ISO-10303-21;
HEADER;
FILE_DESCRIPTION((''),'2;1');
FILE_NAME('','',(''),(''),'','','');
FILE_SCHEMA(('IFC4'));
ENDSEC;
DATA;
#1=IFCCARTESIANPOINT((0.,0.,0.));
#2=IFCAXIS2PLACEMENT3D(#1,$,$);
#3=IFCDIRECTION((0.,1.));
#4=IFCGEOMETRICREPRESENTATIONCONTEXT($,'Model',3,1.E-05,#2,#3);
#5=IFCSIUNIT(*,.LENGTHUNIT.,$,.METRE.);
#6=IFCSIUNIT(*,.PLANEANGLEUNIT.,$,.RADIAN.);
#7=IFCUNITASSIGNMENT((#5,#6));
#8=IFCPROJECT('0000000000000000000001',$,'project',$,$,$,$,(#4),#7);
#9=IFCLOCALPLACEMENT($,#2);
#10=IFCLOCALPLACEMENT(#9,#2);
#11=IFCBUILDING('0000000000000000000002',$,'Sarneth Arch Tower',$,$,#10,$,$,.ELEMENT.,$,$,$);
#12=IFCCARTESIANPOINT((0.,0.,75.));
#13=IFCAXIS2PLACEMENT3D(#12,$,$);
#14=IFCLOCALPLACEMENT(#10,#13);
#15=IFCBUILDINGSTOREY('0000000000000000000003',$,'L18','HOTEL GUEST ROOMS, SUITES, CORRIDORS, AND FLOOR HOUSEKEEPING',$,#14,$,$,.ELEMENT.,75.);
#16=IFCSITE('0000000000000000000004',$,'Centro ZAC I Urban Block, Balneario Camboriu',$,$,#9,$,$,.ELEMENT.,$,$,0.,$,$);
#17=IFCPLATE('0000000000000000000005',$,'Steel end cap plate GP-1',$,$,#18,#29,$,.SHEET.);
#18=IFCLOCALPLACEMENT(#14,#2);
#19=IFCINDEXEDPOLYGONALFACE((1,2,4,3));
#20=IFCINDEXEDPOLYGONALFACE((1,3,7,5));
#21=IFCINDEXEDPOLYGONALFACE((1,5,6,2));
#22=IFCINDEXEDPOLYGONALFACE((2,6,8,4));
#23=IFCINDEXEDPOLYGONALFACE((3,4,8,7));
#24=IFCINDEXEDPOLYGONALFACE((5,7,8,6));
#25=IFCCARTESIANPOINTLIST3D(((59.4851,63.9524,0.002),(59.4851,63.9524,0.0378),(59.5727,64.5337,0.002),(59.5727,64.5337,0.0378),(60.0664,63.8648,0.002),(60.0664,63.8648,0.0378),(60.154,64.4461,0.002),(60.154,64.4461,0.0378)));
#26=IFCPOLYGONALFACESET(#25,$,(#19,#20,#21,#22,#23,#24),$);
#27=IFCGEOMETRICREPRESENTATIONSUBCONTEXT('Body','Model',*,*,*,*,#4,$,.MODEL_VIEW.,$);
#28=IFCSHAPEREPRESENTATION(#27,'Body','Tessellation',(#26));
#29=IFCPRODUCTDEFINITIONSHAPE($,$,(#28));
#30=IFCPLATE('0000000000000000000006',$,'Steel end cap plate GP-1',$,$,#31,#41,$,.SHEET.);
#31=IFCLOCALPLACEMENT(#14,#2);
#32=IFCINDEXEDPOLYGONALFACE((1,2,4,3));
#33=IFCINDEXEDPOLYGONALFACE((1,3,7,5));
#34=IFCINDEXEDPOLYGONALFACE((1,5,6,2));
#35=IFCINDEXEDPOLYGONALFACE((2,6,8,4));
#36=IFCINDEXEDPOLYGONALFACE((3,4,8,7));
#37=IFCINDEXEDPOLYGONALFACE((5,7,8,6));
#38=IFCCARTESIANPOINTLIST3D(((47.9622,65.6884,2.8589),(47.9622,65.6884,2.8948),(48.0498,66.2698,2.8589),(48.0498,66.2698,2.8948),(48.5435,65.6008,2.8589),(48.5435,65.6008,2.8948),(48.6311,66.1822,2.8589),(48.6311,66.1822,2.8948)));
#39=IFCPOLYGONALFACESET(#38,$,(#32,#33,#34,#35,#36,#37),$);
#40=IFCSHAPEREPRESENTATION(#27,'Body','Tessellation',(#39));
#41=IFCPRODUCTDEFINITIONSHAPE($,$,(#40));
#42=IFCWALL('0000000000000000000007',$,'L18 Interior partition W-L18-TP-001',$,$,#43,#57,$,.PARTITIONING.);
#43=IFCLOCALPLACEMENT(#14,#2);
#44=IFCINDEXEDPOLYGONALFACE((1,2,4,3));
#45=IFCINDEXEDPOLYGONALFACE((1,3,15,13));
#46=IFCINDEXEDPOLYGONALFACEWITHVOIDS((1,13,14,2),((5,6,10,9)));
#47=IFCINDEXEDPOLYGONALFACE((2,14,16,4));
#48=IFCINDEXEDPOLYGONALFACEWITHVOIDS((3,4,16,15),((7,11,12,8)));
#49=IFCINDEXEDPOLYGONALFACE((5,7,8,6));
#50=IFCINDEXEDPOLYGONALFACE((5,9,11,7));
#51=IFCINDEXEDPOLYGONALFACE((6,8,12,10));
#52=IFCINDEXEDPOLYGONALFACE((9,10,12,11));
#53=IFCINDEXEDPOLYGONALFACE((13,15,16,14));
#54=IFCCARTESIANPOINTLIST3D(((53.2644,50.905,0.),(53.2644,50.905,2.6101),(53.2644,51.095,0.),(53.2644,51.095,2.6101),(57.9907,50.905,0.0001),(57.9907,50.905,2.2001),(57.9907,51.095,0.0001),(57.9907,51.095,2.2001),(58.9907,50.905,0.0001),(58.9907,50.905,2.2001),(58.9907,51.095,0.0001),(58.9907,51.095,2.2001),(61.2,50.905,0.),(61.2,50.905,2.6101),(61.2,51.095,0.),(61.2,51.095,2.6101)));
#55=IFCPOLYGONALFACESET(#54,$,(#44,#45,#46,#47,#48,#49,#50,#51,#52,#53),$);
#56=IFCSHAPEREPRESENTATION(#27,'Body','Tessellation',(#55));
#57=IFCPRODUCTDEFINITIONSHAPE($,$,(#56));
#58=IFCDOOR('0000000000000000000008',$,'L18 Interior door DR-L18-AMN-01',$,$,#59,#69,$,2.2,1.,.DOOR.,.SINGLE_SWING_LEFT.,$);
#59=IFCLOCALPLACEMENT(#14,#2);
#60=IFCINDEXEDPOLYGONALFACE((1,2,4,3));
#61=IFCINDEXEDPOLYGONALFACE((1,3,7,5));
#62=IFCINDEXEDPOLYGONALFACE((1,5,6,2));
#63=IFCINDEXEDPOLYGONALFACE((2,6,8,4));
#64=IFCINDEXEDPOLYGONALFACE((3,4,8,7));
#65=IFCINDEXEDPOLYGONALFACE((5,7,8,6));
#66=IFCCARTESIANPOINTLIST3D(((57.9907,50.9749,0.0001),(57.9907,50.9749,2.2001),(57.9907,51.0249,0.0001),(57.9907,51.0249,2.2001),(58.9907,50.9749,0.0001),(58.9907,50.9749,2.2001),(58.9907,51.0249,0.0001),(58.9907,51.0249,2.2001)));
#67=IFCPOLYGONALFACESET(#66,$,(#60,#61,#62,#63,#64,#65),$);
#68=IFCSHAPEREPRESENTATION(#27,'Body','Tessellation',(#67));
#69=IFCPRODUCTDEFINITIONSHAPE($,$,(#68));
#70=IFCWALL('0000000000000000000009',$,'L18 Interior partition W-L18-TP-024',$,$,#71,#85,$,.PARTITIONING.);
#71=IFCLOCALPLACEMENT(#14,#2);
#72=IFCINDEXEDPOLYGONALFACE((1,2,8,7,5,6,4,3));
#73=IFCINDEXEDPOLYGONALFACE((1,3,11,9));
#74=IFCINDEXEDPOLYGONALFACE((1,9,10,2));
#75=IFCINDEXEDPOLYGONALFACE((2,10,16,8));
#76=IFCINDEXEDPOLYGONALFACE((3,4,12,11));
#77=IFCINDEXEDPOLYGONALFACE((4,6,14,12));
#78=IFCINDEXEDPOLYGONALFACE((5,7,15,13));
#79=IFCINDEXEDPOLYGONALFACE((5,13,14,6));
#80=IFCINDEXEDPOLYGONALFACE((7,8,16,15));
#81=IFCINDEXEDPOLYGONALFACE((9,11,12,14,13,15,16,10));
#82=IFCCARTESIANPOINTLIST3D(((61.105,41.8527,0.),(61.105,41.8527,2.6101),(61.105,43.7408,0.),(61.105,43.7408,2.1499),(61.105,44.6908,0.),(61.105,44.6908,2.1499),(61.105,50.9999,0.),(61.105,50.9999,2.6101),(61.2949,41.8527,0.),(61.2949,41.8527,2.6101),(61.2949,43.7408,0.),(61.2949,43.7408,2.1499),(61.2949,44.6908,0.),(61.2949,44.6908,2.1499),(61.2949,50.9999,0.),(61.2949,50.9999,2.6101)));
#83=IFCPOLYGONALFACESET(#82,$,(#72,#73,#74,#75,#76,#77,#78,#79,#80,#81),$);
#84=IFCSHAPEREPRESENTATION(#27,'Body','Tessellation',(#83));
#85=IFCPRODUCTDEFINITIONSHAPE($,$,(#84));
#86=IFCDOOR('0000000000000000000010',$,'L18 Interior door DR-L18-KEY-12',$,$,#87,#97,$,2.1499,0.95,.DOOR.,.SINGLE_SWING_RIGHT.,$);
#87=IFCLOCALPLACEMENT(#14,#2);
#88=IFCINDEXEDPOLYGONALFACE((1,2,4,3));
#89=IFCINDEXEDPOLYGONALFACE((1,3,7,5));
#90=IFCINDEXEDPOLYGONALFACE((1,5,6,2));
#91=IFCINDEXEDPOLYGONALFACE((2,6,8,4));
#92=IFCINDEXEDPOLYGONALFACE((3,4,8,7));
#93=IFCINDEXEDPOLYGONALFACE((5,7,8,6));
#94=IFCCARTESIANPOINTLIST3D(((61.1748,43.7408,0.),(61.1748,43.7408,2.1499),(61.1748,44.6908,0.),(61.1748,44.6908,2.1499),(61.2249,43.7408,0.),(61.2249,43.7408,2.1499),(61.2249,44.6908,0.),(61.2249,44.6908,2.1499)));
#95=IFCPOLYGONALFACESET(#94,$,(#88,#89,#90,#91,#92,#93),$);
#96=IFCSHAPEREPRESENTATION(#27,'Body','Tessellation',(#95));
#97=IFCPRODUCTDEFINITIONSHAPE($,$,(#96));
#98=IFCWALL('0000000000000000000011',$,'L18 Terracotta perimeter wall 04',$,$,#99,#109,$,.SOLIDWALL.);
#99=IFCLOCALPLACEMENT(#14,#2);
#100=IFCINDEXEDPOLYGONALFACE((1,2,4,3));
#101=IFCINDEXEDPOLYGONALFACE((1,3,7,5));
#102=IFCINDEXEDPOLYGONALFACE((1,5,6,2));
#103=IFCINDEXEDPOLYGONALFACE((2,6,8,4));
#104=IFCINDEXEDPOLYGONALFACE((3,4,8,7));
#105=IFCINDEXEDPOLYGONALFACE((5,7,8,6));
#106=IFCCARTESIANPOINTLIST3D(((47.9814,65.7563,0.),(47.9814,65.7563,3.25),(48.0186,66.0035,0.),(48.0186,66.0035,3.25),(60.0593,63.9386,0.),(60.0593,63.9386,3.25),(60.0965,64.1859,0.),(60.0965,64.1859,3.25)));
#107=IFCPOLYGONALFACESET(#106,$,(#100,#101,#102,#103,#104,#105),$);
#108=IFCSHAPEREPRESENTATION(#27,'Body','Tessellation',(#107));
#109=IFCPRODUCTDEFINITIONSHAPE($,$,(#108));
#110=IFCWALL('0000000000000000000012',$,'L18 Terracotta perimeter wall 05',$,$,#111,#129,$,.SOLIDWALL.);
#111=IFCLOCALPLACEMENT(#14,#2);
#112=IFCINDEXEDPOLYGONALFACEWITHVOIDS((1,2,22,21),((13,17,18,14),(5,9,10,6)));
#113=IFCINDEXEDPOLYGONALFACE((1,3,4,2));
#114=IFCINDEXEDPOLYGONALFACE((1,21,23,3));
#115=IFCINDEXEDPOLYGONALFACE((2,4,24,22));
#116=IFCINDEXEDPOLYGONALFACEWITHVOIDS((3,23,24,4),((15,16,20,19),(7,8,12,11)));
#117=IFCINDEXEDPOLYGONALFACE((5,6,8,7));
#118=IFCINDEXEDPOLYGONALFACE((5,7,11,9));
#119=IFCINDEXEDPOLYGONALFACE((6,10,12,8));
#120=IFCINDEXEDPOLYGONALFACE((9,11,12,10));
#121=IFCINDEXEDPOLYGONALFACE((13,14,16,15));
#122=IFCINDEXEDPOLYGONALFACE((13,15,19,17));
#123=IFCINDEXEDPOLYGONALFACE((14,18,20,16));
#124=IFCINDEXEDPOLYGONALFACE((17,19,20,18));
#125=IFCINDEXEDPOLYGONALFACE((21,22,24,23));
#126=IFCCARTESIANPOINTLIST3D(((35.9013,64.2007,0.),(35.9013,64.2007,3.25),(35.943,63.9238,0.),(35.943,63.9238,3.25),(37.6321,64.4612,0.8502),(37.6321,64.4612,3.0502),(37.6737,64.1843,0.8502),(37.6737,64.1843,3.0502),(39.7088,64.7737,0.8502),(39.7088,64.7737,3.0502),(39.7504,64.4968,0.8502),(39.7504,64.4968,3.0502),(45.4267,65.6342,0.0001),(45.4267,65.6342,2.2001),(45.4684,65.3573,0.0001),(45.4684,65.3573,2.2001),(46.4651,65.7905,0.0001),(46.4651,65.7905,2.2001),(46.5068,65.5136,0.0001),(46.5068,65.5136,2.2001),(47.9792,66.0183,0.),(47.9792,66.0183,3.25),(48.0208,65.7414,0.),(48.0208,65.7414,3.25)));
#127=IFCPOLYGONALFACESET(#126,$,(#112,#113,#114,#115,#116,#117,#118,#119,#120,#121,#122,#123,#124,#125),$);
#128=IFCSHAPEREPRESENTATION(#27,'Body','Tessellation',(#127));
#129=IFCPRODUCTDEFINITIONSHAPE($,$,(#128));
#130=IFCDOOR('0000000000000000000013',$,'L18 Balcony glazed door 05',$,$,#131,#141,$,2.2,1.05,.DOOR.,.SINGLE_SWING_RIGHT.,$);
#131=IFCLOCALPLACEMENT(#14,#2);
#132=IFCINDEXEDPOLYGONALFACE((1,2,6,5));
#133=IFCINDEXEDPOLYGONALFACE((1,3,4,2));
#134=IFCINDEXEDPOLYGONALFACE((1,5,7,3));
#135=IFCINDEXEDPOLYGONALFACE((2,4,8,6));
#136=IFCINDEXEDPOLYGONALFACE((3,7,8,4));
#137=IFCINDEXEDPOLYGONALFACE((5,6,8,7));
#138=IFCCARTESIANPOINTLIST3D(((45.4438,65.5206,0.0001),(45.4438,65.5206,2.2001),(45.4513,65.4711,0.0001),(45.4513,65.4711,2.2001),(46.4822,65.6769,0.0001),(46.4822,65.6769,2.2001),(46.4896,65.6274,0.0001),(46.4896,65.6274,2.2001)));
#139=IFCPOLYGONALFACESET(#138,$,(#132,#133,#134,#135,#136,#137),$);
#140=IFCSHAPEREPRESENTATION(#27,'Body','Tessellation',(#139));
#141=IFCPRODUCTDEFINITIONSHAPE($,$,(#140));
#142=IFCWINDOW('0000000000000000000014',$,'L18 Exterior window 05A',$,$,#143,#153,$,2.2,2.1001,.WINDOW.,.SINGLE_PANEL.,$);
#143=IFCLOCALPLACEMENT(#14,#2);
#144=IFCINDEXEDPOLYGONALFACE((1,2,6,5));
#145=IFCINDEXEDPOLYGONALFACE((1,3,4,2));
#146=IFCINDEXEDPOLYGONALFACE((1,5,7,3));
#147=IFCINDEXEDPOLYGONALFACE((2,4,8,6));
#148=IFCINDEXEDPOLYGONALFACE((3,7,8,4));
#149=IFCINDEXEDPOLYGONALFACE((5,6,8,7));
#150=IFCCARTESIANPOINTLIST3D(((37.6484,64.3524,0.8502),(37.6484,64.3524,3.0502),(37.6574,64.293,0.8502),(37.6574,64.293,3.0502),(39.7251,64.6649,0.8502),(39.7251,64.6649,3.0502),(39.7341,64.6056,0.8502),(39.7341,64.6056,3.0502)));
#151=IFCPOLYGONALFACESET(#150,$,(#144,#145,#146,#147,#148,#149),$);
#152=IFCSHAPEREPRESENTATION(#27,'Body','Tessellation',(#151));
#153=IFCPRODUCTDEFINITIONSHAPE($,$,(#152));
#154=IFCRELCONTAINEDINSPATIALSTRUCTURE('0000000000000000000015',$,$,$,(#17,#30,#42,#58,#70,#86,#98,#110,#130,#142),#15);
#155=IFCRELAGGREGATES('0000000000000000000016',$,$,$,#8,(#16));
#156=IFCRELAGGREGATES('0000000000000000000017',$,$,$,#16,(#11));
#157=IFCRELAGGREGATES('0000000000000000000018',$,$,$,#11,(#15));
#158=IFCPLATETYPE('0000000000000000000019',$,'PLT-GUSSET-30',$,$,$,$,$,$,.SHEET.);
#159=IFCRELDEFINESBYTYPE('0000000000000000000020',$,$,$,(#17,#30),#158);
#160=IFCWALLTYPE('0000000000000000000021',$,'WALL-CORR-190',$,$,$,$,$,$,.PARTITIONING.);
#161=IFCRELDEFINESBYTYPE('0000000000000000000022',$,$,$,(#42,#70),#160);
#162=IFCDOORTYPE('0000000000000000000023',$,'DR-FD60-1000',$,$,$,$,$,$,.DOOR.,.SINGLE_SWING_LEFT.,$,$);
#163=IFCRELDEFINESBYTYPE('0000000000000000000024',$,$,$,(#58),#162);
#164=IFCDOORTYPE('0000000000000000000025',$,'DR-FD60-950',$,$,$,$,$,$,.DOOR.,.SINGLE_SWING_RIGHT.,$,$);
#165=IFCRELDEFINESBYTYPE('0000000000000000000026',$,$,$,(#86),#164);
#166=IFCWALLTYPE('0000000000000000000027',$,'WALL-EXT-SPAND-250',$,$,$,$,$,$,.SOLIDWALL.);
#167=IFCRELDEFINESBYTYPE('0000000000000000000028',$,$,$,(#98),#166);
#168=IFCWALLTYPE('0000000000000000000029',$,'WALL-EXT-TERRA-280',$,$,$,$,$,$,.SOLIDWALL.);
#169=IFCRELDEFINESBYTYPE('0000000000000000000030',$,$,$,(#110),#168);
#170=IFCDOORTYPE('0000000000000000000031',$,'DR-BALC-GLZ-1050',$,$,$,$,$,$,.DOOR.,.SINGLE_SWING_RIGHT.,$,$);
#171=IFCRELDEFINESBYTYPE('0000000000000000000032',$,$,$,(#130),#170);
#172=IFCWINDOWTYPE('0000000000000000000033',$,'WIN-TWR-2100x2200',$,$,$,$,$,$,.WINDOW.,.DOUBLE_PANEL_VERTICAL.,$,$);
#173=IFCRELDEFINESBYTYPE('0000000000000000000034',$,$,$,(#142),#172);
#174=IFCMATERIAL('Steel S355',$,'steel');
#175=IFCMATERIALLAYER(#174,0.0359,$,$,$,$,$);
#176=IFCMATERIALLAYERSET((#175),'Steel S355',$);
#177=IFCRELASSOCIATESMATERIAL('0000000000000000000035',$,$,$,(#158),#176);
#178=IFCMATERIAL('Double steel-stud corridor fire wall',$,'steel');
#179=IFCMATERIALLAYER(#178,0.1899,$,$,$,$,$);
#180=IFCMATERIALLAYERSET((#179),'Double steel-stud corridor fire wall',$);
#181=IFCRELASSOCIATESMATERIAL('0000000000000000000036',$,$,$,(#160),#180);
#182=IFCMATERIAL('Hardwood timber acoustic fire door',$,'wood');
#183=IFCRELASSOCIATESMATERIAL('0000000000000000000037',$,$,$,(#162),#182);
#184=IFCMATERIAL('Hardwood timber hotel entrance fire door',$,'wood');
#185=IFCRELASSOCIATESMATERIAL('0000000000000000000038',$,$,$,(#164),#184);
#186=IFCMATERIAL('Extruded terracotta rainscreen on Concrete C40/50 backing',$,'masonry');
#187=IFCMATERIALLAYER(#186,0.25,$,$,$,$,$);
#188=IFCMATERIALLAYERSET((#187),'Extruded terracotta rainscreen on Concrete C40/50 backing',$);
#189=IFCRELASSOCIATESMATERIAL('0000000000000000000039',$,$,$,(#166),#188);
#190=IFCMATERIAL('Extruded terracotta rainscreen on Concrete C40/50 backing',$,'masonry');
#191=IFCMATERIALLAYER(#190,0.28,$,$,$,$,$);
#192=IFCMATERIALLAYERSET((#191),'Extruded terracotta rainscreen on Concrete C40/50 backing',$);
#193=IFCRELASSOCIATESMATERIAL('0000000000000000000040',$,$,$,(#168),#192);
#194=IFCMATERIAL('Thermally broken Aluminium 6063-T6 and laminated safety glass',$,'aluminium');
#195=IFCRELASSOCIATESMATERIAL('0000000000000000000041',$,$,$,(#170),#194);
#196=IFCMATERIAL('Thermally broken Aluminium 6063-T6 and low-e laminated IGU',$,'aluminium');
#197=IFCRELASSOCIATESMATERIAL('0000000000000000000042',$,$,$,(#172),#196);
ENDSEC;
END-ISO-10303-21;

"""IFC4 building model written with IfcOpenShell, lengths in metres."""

from ifc_helpers import new_model, si_unit, direction, frame, frame_2d, origin, origin_2d, place, context, subcontext, project, spatial, rectangle, extrude, material, layer, layer_set, type_object, element, fill, save


model = new_model("IFC4")

# Units and contexts
model_context = context("Model", 3, precision=1e-05, world=origin(), true_north=direction((0.0, 1.0)))
body_context = subcontext(model_context, "Body", "Model", "MODEL_VIEW")
ifc_project = project(units=[si_unit("LENGTHUNIT", "METRE"), si_unit("PLANEANGLEUNIT", "RADIAN")], contexts=[model_context])

# Site, building, storey
site_placement = place(None, origin())
site = spatial("IfcSite", under=ifc_project, at=site_placement, Name="Centro ZAC I Urban Block, Balneario Camboriu", CompositionType="ELEMENT", RefElevation=0.0)
building_placement = place(site_placement, origin())
building = spatial("IfcBuilding", under=site, at=building_placement, Name="Sarneth Arch Tower", CompositionType="ELEMENT")
storey_placement = place(building_placement, frame((0.0, 0.0, 75.0)))
storey = spatial("IfcBuildingStorey", under=building, at=storey_placement, Name="L18", Description="HOTEL GUEST ROOMS, SUITES, CORRIDORS, AND FLOOR HOUSEKEEPING", CompositionType="ELEMENT", Elevation=75.0)

# Plates
ifc_material_1 = material(Name="Steel S355", Category="steel")
ifc_layer_1 = layer(ifc_material_1, 0.0359)
ifc_layer_set_1 = layer_set([ifc_layer_1], Name="Steel S355")
plate_type = type_object("IfcPlateType", Name="PLT-GUSSET-30", PredefinedType="SHEET", material=ifc_layer_set_1)
for number, where, z_axis, x_axis, name in (
    (1, (59.8196, 64.1992, 0.002), (0.0, 0.0, 1.0), (-0.988835, 0.149018, 0.0), "Steel end cap plate GP-1"),
    (2, (48.2966, 65.9353, 2.8589), (0.0, 0.0, 1.0), (-0.988835, 0.149018, 0.0), "Steel end cap plate GP-1"),
):
    element("IfcPlate", number, at=place(storey_placement, frame(where, z_axis=z_axis, x_axis=x_axis)), inside=storey, type_object=plate_type, Name=name, PredefinedType="SHEET", context=body_context, shape_type="SweptSolid", body=[
        extrude(rectangle(XDim=0.5879, YDim=0.5879, at=origin_2d()), origin(), (0.0, 0.0, 1.0), 0.0359),
    ])

# Walls, openings, doors
ifc_material_2 = material(Name="Double steel-stud corridor fire wall", Category="steel")
ifc_layer_2 = layer(ifc_material_2, 0.1899)
ifc_layer_set_2 = layer_set([ifc_layer_2], Name="Double steel-stud corridor fire wall")
wall_type_1 = type_object("IfcWallType", Name="WALL-CORR-190", PredefinedType="PARTITIONING", material=ifc_layer_set_2)
wall_1_placement = place(storey_placement, frame((53.2644, 51.0, 0.0), z_axis=(0.0, 0.0, 1.0), x_axis=(1.0, 0.0, 0.0)))
wall_1 = element("IfcWall", 3, at=wall_1_placement, inside=storey, type_object=wall_type_1, Name="L18 Interior partition W-L18-TP-001", PredefinedType="PARTITIONING", context=body_context, shape_type="SweptSolid", body=[
    extrude(rectangle(XDim=7.9355, YDim=0.1899, at=frame_2d((3.9678, 0.0))), origin(), (0.0, 0.0, 1.0), 2.6101),
])
opening_1_placement = place(wall_1_placement, frame((4.7263, 0.0, 0.0)))
opening_1 = element("IfcOpeningElement", 4, at=opening_1_placement, cuts=wall_1, PredefinedType="OPENING", context=body_context, shape_type="SweptSolid", body=[
    extrude(rectangle(XDim=1.0, YDim=2.2, at=frame_2d((0.5, 1.1001))), frame((0.0, 0.105, 0.0), z_axis=(0.0, -1.0, 0.0), x_axis=(1.0, 0.0, 0.0)), (0.0, 0.0, 1.0), 0.21),
])
ifc_material_3 = material(Name="Hardwood timber acoustic fire door", Category="wood")
door_type_1 = type_object("IfcDoorType", Name="DR-FD60-1000", OperationType="SINGLE_SWING_LEFT", PredefinedType="DOOR", material=ifc_material_3)
door_1_placement = place(opening_1_placement, origin())
door_1 = element("IfcDoor", 5, at=door_1_placement, inside=storey, type_object=door_type_1, Name="L18 Interior door DR-L18-AMN-01", OperationType="SINGLE_SWING_LEFT", OverallHeight=2.2, OverallWidth=1.0, PredefinedType="DOOR", context=body_context, shape_type="SweptSolid", body=[
    extrude(rectangle(XDim=1.0, YDim=2.2, at=frame_2d((0.5, 1.1001))), frame((0.0, 0.0249, 0.0), z_axis=(0.0, -1.0, 0.0), x_axis=(1.0, 0.0, 0.0)), (0.0, 0.0, 1.0), 0.05),
])
fill(opening_1, door_1)
wall_2_placement = place(storey_placement, frame((61.2, 51.0, 0.0), z_axis=(0.0, 0.0, 1.0), x_axis=(0.0, -1.0, 0.0)))
wall_2 = element("IfcWall", 6, at=wall_2_placement, inside=storey, type_object=wall_type_1, Name="L18 Interior partition W-L18-TP-024", PredefinedType="PARTITIONING", context=body_context, shape_type="SweptSolid", body=[
    extrude(rectangle(XDim=9.1472, YDim=0.1899, at=frame_2d((4.5737, 0.0))), origin(), (0.0, 0.0, 1.0), 2.6101),
])
opening_2_placement = place(wall_2_placement, frame((6.3091, 0.0, 0.0)))
opening_2 = element("IfcOpeningElement", 7, at=opening_2_placement, cuts=wall_2, PredefinedType="OPENING", context=body_context, shape_type="SweptSolid", body=[
    extrude(rectangle(XDim=0.95, YDim=2.1499, at=frame_2d((0.4751, 1.075))), frame((0.0, 0.105, 0.0), z_axis=(0.0, -1.0, 0.0), x_axis=(1.0, 0.0, 0.0)), (0.0, 0.0, 1.0), 0.21),
])
ifc_material_4 = material(Name="Hardwood timber hotel entrance fire door", Category="wood")
door_type_2 = type_object("IfcDoorType", Name="DR-FD60-950", OperationType="SINGLE_SWING_RIGHT", PredefinedType="DOOR", material=ifc_material_4)
door_2_placement = place(opening_2_placement, origin())
door_2 = element("IfcDoor", 8, at=door_2_placement, inside=storey, type_object=door_type_2, Name="L18 Interior door DR-L18-KEY-12", OperationType="SINGLE_SWING_RIGHT", OverallHeight=2.1499, OverallWidth=0.95, PredefinedType="DOOR", context=body_context, shape_type="SweptSolid", body=[
    extrude(rectangle(XDim=0.95, YDim=2.1499, at=frame_2d((0.4751, 1.075))), frame((0.0, 0.0249, 0.0), z_axis=(0.0, -1.0, 0.0), x_axis=(1.0, 0.0, 0.0)), (0.0, 0.0, 1.0), 0.05),
])
fill(opening_2, door_2)

# Wall
ifc_material_5 = material(Name="Extruded terracotta rainscreen on Concrete C40/50 backing", Category="masonry")
ifc_layer_3 = layer(ifc_material_5, 0.25)
ifc_layer_set_3 = layer_set([ifc_layer_3], Name="Extruded terracotta rainscreen on Concrete C40/50 backing")
wall_type_2 = type_object("IfcWallType", Name="WALL-EXT-SPAND-250", PredefinedType="SOLIDWALL", material=ifc_layer_set_3)
wall_3_placement = place(storey_placement, frame((60.0779, 64.0623, 0.0), z_axis=(0.0, 0.0, 1.0), x_axis=(-0.988865, 0.148816, 0.0)))
element("IfcWall", 9, at=wall_3_placement, inside=storey, type_object=wall_type_2, Name="L18 Terracotta perimeter wall 04", PredefinedType="SOLIDWALL", context=body_context, shape_type="SweptSolid", body=[
    extrude(rectangle(XDim=12.2139, YDim=0.25, at=frame_2d((6.1069, 0.0))), origin(), (0.0, 0.0, 1.0), 3.25),
])

# Wall, openings, door, window
ifc_material_6 = material(Name="Extruded terracotta rainscreen on Concrete C40/50 backing", Category="masonry")
ifc_layer_4 = layer(ifc_material_6, 0.28)
ifc_layer_set_4 = layer_set([ifc_layer_4], Name="Extruded terracotta rainscreen on Concrete C40/50 backing")
wall_type_3 = type_object("IfcWallType", Name="WALL-EXT-TERRA-280", PredefinedType="SOLIDWALL", material=ifc_layer_set_4)
wall_4_placement = place(storey_placement, frame((48.0, 65.8799, 0.0), z_axis=(0.0, 0.0, 1.0), x_axis=(-0.988865, -0.148816, 0.0)))
wall_4 = element("IfcWall", 10, at=wall_4_placement, inside=storey, type_object=wall_type_3, Name="L18 Terracotta perimeter wall 05", PredefinedType="SOLIDWALL", context=body_context, shape_type="SweptSolid", body=[
    extrude(rectangle(XDim=12.2139, YDim=0.28, at=frame_2d((6.1069, 0.0))), origin(), (0.0, 0.0, 1.0), 3.25),
])
opening_3_placement = place(wall_4_placement, frame((1.5312, 0.0, 0.0)))
opening_3 = element("IfcOpeningElement", 11, at=opening_3_placement, cuts=wall_4, PredefinedType="OPENING", context=body_context, shape_type="SweptSolid", body=[
    extrude(rectangle(XDim=1.05, YDim=2.2, at=frame_2d((0.5249, 1.1001))), frame((0.0, 0.1499, 0.0), z_axis=(0.0, -1.0, 0.0), x_axis=(1.0, 0.0, 0.0)), (0.0, 0.0, 1.0), 0.3),
])
opening_4_placement = place(wall_4_placement, frame((8.3635, 0.0, 0.8501)))
opening_4 = element("IfcOpeningElement", 12, at=opening_4_placement, cuts=wall_4, PredefinedType="OPENING", context=body_context, shape_type="SweptSolid", body=[
    extrude(rectangle(XDim=2.1001, YDim=2.2, at=frame_2d((1.05, 1.1001))), frame((0.0, 0.1499, 0.0), z_axis=(0.0, -1.0, 0.0), x_axis=(1.0, 0.0, 0.0)), (0.0, 0.0, 1.0), 0.3),
])
ifc_material_7 = material(Name="Thermally broken Aluminium 6063-T6 and laminated safety glass", Category="aluminium")
door_type_3 = type_object("IfcDoorType", Name="DR-BALC-GLZ-1050", OperationType="SINGLE_SWING_RIGHT", PredefinedType="DOOR", material=ifc_material_7)
door_3_placement = place(opening_3_placement, origin())
door_3 = element("IfcDoor", 13, at=door_3_placement, inside=storey, type_object=door_type_3, Name="L18 Balcony glazed door 05", OperationType="SINGLE_SWING_RIGHT", OverallHeight=2.2, OverallWidth=1.05, PredefinedType="DOOR", context=body_context, shape_type="SweptSolid", body=[
    extrude(rectangle(XDim=1.05, YDim=2.2, at=frame_2d((0.5249, 1.1001))), frame((0.0, 0.0249, 0.0), z_axis=(0.0, -1.0, 0.0), x_axis=(1.0, 0.0, 0.0)), (0.0, 0.0, 1.0), 0.05),
])
fill(opening_3, door_3)
ifc_material_8 = material(Name="Thermally broken Aluminium 6063-T6 and low-e laminated IGU", Category="aluminium")
window_type = type_object("IfcWindowType", Name="WIN-TWR-2100x2200", PartitioningType="DOUBLE_PANEL_VERTICAL", PredefinedType="WINDOW", material=ifc_material_8)
window_placement = place(opening_4_placement, origin())
window = element("IfcWindow", 14, at=window_placement, inside=storey, type_object=window_type, Name="L18 Exterior window 05A", OverallHeight=2.2, OverallWidth=2.1001, PartitioningType="SINGLE_PANEL", PredefinedType="WINDOW", context=body_context, shape_type="SweptSolid", body=[
    extrude(rectangle(XDim=2.1001, YDim=2.2, at=frame_2d((1.05, 1.1001))), frame((0.0, 0.03, 0.0), z_axis=(0.0, -1.0, 0.0), x_axis=(1.0, 0.0, 0.0)), (0.0, 0.0, 1.0), 0.0601),
])
fill(opening_4, window)

save(model, "model.ifc")
